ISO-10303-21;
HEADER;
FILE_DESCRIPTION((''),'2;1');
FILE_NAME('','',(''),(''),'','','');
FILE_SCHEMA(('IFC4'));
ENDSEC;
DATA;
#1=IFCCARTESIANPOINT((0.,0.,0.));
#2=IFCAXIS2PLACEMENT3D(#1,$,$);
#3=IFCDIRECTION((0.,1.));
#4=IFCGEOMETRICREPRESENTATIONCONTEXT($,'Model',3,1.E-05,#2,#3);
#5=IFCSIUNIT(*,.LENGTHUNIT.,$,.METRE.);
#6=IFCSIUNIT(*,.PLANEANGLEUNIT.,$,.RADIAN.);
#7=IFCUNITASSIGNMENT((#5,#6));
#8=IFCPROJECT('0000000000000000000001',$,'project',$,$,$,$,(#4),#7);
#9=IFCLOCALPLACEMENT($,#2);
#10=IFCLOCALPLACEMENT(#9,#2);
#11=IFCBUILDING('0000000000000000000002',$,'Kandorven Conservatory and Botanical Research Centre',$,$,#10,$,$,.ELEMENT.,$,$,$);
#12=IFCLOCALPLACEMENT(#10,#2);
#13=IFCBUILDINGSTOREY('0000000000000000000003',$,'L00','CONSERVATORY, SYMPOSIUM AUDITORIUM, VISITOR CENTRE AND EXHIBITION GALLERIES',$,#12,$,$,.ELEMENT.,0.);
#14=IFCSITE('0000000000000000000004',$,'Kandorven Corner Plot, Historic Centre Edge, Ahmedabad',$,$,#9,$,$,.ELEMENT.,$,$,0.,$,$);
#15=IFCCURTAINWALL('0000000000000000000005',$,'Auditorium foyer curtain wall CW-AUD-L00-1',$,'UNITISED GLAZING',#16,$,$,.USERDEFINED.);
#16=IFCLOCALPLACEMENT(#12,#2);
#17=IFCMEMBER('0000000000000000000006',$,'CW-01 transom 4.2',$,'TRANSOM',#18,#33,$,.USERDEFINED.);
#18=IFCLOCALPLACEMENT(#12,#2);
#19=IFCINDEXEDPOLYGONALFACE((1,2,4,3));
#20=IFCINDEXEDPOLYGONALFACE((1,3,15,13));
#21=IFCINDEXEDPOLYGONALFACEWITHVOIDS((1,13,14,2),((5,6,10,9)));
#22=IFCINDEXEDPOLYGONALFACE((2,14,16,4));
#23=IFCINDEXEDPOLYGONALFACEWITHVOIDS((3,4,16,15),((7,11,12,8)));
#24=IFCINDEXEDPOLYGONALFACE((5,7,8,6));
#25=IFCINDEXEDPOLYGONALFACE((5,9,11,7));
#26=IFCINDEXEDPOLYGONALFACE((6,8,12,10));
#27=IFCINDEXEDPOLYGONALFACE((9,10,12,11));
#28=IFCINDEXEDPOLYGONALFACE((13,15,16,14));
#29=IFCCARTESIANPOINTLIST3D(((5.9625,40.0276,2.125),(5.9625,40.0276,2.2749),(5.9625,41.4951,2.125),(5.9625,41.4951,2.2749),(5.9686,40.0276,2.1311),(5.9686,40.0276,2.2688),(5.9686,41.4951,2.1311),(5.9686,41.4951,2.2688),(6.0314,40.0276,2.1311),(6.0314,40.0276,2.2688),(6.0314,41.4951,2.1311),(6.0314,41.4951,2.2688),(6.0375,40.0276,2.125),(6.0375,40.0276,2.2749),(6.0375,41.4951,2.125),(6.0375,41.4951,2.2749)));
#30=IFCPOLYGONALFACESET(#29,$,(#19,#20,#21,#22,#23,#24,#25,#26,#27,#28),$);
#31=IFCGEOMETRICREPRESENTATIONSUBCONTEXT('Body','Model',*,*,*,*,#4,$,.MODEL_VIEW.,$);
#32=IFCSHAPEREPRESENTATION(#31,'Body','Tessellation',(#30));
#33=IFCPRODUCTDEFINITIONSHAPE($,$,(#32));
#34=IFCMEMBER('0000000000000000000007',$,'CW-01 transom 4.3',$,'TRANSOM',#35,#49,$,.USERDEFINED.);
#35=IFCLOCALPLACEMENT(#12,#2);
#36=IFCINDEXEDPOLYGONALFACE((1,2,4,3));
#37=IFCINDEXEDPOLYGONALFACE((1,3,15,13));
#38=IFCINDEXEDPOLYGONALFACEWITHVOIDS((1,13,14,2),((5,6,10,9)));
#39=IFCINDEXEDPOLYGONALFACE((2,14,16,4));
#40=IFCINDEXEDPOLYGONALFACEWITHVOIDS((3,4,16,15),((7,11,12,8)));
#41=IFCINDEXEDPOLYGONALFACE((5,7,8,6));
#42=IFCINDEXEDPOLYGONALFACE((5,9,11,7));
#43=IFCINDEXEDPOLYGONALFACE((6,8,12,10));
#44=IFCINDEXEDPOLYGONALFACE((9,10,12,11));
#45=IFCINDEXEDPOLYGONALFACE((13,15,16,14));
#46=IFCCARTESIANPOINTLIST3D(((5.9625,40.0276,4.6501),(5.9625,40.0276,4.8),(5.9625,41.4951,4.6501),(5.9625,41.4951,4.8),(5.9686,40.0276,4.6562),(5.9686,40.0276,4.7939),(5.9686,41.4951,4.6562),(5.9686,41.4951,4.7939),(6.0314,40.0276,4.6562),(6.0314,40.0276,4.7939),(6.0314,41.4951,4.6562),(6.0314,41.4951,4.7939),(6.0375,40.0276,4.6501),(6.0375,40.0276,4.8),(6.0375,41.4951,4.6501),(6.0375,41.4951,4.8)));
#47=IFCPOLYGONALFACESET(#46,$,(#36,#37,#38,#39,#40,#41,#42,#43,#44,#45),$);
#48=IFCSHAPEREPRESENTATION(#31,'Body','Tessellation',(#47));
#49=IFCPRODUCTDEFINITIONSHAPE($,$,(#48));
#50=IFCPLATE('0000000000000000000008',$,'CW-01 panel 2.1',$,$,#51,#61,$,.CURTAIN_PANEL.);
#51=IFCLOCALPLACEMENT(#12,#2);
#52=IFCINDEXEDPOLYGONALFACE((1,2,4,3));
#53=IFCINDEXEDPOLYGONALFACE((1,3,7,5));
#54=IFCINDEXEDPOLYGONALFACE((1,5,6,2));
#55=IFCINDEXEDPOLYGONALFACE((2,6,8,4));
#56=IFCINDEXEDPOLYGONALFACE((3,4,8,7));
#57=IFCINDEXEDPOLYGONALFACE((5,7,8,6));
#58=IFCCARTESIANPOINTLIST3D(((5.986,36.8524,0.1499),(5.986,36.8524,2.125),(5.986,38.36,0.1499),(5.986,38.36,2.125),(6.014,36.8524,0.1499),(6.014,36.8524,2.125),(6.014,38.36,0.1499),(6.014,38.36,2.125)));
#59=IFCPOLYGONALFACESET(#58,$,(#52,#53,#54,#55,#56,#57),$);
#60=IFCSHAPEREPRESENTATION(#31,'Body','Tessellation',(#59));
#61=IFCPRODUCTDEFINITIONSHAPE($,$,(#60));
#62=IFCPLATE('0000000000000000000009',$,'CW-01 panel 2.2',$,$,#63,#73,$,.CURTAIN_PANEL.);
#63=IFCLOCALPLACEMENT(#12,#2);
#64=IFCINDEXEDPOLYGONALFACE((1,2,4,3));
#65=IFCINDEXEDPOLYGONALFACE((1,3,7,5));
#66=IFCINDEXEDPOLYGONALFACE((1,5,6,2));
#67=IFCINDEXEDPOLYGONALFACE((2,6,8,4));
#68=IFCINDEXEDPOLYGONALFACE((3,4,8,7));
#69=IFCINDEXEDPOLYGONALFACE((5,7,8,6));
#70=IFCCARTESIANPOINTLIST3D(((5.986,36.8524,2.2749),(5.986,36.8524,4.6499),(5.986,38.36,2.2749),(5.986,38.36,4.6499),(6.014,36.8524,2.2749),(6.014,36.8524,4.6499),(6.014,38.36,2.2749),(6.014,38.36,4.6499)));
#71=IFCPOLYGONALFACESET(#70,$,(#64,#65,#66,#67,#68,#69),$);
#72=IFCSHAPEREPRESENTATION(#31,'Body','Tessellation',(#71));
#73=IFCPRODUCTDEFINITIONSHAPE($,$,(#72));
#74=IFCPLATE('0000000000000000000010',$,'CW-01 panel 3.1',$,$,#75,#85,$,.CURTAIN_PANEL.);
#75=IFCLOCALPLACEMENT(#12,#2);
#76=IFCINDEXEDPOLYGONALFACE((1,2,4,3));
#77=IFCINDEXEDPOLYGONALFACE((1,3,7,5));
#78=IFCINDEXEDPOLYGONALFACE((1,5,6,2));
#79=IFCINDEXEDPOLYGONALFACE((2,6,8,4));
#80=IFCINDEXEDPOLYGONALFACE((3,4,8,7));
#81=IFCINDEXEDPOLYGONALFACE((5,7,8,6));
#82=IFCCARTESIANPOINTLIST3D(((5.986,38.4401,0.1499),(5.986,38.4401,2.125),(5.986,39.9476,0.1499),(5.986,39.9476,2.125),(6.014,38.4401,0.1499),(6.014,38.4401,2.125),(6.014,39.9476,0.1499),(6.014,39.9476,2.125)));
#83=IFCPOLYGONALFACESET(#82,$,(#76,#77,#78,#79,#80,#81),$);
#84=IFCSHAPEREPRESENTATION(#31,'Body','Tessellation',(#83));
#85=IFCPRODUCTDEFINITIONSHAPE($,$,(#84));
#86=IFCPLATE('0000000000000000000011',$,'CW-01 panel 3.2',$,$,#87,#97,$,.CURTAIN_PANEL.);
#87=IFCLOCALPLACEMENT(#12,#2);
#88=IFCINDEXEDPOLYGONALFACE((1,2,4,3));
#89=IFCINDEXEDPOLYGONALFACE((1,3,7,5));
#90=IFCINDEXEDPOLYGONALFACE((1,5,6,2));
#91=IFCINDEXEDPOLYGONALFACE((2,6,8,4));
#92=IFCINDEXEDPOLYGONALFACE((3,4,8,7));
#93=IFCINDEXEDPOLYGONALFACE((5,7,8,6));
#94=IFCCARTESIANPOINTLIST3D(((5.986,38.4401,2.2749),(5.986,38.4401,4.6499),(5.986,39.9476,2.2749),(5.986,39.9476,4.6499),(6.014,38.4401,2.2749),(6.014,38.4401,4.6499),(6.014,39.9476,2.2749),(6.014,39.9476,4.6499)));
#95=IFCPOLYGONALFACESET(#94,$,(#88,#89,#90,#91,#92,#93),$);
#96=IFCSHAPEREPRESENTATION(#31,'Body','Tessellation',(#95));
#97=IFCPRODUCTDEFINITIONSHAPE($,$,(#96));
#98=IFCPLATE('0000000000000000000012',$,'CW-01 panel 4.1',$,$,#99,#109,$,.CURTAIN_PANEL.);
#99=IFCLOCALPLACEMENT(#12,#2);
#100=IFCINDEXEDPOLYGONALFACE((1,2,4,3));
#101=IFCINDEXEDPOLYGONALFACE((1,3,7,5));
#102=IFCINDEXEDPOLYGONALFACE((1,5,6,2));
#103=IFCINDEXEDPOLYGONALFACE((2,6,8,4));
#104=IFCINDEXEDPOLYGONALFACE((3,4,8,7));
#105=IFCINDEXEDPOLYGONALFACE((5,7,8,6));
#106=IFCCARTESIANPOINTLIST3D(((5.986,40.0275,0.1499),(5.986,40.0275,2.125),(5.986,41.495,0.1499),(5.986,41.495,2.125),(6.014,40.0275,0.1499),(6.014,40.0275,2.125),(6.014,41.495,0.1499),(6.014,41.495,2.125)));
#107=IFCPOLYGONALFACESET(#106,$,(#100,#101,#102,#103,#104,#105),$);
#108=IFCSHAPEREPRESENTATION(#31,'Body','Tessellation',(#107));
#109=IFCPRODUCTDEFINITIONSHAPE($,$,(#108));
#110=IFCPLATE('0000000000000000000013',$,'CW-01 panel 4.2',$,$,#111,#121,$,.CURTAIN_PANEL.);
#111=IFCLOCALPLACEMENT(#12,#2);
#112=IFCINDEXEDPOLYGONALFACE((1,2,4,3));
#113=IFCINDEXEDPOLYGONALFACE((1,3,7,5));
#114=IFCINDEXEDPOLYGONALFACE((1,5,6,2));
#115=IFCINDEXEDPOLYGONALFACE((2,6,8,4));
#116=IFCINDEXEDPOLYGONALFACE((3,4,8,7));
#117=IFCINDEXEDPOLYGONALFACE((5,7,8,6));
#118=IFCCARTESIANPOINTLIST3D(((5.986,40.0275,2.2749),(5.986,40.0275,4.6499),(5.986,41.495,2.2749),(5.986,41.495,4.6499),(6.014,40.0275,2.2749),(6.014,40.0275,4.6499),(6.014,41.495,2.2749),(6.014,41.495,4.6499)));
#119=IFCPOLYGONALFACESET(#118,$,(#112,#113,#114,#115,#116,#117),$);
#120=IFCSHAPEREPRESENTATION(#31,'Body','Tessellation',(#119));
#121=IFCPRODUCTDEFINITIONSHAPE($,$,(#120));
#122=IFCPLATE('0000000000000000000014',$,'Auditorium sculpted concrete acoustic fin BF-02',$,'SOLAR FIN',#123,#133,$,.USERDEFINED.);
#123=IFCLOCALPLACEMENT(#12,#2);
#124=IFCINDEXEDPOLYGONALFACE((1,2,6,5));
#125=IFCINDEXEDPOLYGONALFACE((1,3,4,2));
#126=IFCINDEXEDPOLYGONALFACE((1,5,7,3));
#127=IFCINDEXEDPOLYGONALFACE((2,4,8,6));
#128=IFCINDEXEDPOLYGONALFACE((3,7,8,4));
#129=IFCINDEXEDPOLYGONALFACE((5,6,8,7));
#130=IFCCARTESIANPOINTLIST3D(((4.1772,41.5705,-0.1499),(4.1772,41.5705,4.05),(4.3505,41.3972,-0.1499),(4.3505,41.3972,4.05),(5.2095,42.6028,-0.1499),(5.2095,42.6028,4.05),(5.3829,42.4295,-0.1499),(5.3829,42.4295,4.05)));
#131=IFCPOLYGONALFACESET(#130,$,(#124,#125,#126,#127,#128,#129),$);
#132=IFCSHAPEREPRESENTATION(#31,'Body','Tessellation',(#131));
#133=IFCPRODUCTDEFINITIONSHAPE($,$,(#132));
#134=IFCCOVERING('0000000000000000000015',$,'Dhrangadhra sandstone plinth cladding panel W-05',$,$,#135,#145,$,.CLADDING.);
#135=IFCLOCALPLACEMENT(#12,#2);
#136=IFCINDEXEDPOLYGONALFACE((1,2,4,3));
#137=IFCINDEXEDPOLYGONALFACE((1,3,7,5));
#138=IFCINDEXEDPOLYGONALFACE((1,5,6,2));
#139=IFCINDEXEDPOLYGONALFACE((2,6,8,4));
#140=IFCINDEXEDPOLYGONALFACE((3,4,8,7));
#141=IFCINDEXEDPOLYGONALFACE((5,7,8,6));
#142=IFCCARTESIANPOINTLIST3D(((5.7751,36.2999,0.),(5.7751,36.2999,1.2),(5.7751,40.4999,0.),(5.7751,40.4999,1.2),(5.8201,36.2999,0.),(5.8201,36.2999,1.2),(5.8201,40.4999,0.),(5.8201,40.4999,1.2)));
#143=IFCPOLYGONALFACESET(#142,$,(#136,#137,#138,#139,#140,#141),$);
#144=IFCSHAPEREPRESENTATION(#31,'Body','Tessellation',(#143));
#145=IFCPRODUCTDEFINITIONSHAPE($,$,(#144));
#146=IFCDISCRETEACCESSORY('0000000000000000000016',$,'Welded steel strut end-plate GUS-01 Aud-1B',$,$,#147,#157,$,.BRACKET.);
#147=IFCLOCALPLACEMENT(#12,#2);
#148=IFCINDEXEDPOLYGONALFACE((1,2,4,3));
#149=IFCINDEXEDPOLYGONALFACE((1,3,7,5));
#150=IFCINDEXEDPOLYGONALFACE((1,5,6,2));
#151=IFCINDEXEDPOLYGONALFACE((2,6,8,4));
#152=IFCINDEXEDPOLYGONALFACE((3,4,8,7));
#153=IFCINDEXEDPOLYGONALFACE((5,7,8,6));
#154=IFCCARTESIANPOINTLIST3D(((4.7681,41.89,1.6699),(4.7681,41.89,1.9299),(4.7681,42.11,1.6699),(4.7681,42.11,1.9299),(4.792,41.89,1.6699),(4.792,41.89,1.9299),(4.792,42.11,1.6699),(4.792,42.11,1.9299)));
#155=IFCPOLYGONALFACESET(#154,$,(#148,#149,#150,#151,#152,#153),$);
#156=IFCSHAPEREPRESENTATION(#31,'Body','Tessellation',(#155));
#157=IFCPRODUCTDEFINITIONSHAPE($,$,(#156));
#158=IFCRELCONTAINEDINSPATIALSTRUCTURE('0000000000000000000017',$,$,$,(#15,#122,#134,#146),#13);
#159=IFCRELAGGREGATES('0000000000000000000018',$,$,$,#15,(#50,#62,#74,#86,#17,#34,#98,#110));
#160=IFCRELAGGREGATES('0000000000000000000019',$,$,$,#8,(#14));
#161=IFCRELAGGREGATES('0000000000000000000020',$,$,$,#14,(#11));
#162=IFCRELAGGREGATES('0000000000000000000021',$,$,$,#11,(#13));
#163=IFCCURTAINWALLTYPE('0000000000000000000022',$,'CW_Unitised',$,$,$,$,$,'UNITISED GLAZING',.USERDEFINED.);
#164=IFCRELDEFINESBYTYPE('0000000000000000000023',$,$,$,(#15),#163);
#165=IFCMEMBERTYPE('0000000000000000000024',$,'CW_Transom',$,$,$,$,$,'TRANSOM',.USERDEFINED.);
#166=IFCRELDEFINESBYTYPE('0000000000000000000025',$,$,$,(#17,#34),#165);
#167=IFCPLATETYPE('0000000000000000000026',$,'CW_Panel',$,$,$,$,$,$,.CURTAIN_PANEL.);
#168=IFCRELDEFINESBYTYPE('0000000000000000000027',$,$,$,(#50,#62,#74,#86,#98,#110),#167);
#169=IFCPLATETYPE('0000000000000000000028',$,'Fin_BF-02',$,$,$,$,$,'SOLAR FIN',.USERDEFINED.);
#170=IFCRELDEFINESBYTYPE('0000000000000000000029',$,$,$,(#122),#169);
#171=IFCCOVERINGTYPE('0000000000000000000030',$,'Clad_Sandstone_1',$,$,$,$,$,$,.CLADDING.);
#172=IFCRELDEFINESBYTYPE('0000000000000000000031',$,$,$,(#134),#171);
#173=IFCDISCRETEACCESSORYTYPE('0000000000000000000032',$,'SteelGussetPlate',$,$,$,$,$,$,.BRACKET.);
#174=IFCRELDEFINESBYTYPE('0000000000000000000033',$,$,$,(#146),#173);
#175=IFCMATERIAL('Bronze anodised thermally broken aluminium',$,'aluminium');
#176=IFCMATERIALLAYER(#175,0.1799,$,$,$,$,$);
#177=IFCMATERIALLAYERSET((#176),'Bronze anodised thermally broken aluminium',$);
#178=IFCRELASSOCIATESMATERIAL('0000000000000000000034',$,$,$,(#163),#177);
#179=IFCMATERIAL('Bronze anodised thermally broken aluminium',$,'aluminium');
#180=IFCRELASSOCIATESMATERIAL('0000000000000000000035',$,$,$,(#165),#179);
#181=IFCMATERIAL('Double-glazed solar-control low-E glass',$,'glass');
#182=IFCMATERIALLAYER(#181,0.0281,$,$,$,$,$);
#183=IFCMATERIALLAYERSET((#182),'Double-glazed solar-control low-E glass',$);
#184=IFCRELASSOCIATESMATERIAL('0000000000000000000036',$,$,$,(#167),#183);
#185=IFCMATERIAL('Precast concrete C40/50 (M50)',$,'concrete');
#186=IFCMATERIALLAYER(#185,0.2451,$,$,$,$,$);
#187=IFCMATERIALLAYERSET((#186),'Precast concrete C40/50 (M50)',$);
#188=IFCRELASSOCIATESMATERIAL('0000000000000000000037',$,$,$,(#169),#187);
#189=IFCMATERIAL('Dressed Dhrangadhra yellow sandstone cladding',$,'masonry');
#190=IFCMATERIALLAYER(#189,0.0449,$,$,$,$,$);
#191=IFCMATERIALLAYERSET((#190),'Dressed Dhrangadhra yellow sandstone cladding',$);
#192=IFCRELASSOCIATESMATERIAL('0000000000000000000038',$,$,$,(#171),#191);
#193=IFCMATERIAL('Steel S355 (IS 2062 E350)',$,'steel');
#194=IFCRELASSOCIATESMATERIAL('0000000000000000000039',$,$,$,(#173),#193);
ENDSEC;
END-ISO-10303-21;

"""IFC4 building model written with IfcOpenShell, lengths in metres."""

from ifc_helpers import new_model, si_unit, direction, frame, origin, origin_2d, place, context, subcontext, project, spatial, rectangle, hollow_rectangle, extrude, material, layer, layer_set, material_profile, profile_set, type_object, element, aggregate, save


model = new_model("IFC4")

# Units and contexts
model_context = context("Model", 3, precision=1e-05, world=origin(), true_north=direction((0.0, 1.0)))
body_context = subcontext(model_context, "Body", "Model", "MODEL_VIEW")
ifc_project = project(units=[si_unit("LENGTHUNIT", "METRE"), si_unit("PLANEANGLEUNIT", "RADIAN")], contexts=[model_context])

# Site, building, storey
site_placement = place(None, origin())
site = spatial("IfcSite", under=ifc_project, at=site_placement, Name="Kandorven Corner Plot, Historic Centre Edge, Ahmedabad", CompositionType="ELEMENT", RefElevation=0.0)
building_placement = place(site_placement, origin())
building = spatial("IfcBuilding", under=site, at=building_placement, Name="Kandorven Conservatory and Botanical Research Centre", CompositionType="ELEMENT")
storey_placement = place(building_placement, origin())
storey = spatial("IfcBuildingStorey", under=building, at=storey_placement, Name="L00", Description="CONSERVATORY, SYMPOSIUM AUDITORIUM, VISITOR CENTRE AND EXHIBITION GALLERIES", CompositionType="ELEMENT", Elevation=0.0)

# Curtain wall, members, plates
ifc_material_1 = material(Name="Bronze anodised thermally broken aluminium", Category="aluminium")
ifc_layer_1 = layer(ifc_material_1, 0.1799)
ifc_layer_set_1 = layer_set([ifc_layer_1], Name="Bronze anodised thermally broken aluminium")
curtain_wall_type = type_object("IfcCurtainWallType", Name="CW_Unitised", ElementType="UNITISED GLAZING", PredefinedType="USERDEFINED", material=ifc_layer_set_1)
curtain_wall_placement = place(storey_placement, origin())
curtain_wall = element("IfcCurtainWall", 1, at=curtain_wall_placement, inside=storey, type_object=curtain_wall_type, Name="Auditorium foyer curtain wall CW-AUD-L00-1", ObjectType="UNITISED GLAZING", PredefinedType="USERDEFINED")
ifc_material_2 = material(Name="Bronze anodised thermally broken aluminium", Category="aluminium")
ifc_material_profile_1 = material_profile(ifc_material_2, hollow_rectangle(XDim=0.075, YDim=0.1499, WallThickness=0.0061, at=origin_2d()))
ifc_profile_set_1 = profile_set([ifc_material_profile_1], Name="Bronze anodised thermally broken aluminium")
member_type_1 = type_object("IfcMemberType", Name="CW_Transom", ElementType="TRANSOM", PredefinedType="USERDEFINED", material=ifc_profile_set_1)
member_1_placement = place(storey_placement, frame((6.0, 40.0276, 2.2), z_axis=(0.0, 1.0, 0.0), x_axis=(-1.0, 0.0, 0.0)))
member_1 = element("IfcMember", 2, at=member_1_placement, type_object=member_type_1, Name="CW-01 transom 4.2", ObjectType="TRANSOM", PredefinedType="USERDEFINED", context=body_context, shape_type="SweptSolid", body=[
    extrude(hollow_rectangle(XDim=0.075, YDim=0.1499, WallThickness=0.0061, at=origin_2d()), origin(), (0.0, 0.0, 1.0), 1.4675),
])
member_2_placement = place(storey_placement, frame((6.0, 40.0276, 4.7251), z_axis=(0.0, 1.0, 0.0), x_axis=(-1.0, 0.0, 0.0)))
member_2 = element("IfcMember", 3, at=member_2_placement, type_object=member_type_1, Name="CW-01 transom 4.3", ObjectType="TRANSOM", PredefinedType="USERDEFINED", context=body_context, shape_type="SweptSolid", body=[
    extrude(hollow_rectangle(XDim=0.075, YDim=0.1499, WallThickness=0.0061, at=origin_2d()), origin(), (0.0, 0.0, 1.0), 1.4675),
])
ifc_material_3 = material(Name="Double-glazed solar-control low-E glass", Category="glass")
ifc_layer_2 = layer(ifc_material_3, 0.0281)
ifc_layer_set_2 = layer_set([ifc_layer_2], Name="Double-glazed solar-control low-E glass")
plate_type_1 = type_object("IfcPlateType", Name="CW_Panel", PredefinedType="CURTAIN_PANEL", material=ifc_layer_set_2)
plate_1_placement = place(storey_placement, frame((6.0, 37.6062, 0.1499), z_axis=(0.0, 0.0, 1.0), x_axis=(0.0, 1.0, 0.0)))
plate_1 = element("IfcPlate", 4, at=plate_1_placement, type_object=plate_type_1, Name="CW-01 panel 2.1", PredefinedType="CURTAIN_PANEL", context=body_context, shape_type="SweptSolid", body=[
    extrude(rectangle(XDim=1.5076, YDim=0.0281, at=origin_2d()), origin(), (0.0, 0.0, 1.0), 1.9751),
])
plate_2_placement = place(storey_placement, frame((6.0, 37.6062, 2.2749), z_axis=(0.0, 0.0, 1.0), x_axis=(0.0, 1.0, 0.0)))
plate_2 = element("IfcPlate", 5, at=plate_2_placement, type_object=plate_type_1, Name="CW-01 panel 2.2", PredefinedType="CURTAIN_PANEL", context=body_context, shape_type="SweptSolid", body=[
    extrude(rectangle(XDim=1.5076, YDim=0.0281, at=origin_2d()), origin(), (0.0, 0.0, 1.0), 2.375),
])
plate_3_placement = place(storey_placement, frame((6.0, 39.1938, 0.1499), z_axis=(0.0, 0.0, 1.0), x_axis=(0.0, 1.0, 0.0)))
plate_3 = element("IfcPlate", 6, at=plate_3_placement, type_object=plate_type_1, Name="CW-01 panel 3.1", PredefinedType="CURTAIN_PANEL", context=body_context, shape_type="SweptSolid", body=[
    extrude(rectangle(XDim=1.5076, YDim=0.0281, at=origin_2d()), origin(), (0.0, 0.0, 1.0), 1.9751),
])
plate_4_placement = place(storey_placement, frame((6.0, 39.1938, 2.2749), z_axis=(0.0, 0.0, 1.0), x_axis=(0.0, 1.0, 0.0)))
plate_4 = element("IfcPlate", 7, at=plate_4_placement, type_object=plate_type_1, Name="CW-01 panel 3.2", PredefinedType="CURTAIN_PANEL", context=body_context, shape_type="SweptSolid", body=[
    extrude(rectangle(XDim=1.5076, YDim=0.0281, at=origin_2d()), origin(), (0.0, 0.0, 1.0), 2.375),
])
plate_5_placement = place(storey_placement, frame((6.0, 40.7612, 0.1499), z_axis=(0.0, 0.0, 1.0), x_axis=(0.0, 1.0, 0.0)))
plate_5 = element("IfcPlate", 8, at=plate_5_placement, type_object=plate_type_1, Name="CW-01 panel 4.1", PredefinedType="CURTAIN_PANEL", context=body_context, shape_type="SweptSolid", body=[
    extrude(rectangle(XDim=1.4675, YDim=0.0281, at=origin_2d()), origin(), (0.0, 0.0, 1.0), 1.9751),
])
plate_6_placement = place(storey_placement, frame((6.0, 40.7612, 2.2749), z_axis=(0.0, 0.0, 1.0), x_axis=(0.0, 1.0, 0.0)))
plate_6 = element("IfcPlate", 9, at=plate_6_placement, type_object=plate_type_1, Name="CW-01 panel 4.2", PredefinedType="CURTAIN_PANEL", context=body_context, shape_type="SweptSolid", body=[
    extrude(rectangle(XDim=1.4675, YDim=0.0281, at=origin_2d()), origin(), (0.0, 0.0, 1.0), 2.375),
])
aggregate(curtain_wall, [plate_1, plate_2, plate_3, plate_4, member_1, member_2, plate_5, plate_6])

# Plate
ifc_material_4 = material(Name="Precast concrete C40/50 (M50)", Category="concrete")
ifc_layer_3 = layer(ifc_material_4, 0.2451)
ifc_layer_set_3 = layer_set([ifc_layer_3], Name="Precast concrete C40/50 (M50)")
plate_type_2 = type_object("IfcPlateType", Name="Fin_BF-02", ElementType="SOLAR FIN", PredefinedType="USERDEFINED", material=ifc_layer_set_3)
plate_7_placement = place(storey_placement, frame((4.78, 42.0, -0.1499), z_axis=(0.0, 0.0, 1.0), x_axis=(0.707107, 0.707107, 0.0)))
element("IfcPlate", 10, at=plate_7_placement, inside=storey, type_object=plate_type_2, Name="Auditorium sculpted concrete acoustic fin BF-02", ObjectType="SOLAR FIN", PredefinedType="USERDEFINED", context=body_context, shape_type="SweptSolid", body=[
    extrude(rectangle(XDim=1.46, YDim=0.2451, at=origin_2d()), origin(), (0.0, 0.0, 1.0), 4.2),
])

# Covering
ifc_material_5 = material(Name="Dressed Dhrangadhra yellow sandstone cladding", Category="masonry")
ifc_layer_4 = layer(ifc_material_5, 0.0449)
ifc_layer_set_4 = layer_set([ifc_layer_4], Name="Dressed Dhrangadhra yellow sandstone cladding")
covering_type = type_object("IfcCoveringType", Name="Clad_Sandstone_1", PredefinedType="CLADDING", material=ifc_layer_set_4)
covering_placement = place(storey_placement, frame((5.7976, 38.3999, 0.0), z_axis=(0.0, 0.0, 1.0), x_axis=(1.0, 0.0, 0.0)))
element("IfcCovering", 11, at=covering_placement, inside=storey, type_object=covering_type, Name="Dhrangadhra sandstone plinth cladding panel W-05", PredefinedType="CLADDING", context=body_context, shape_type="SweptSolid", body=[
    extrude(rectangle(XDim=0.0449, YDim=4.2, at=origin_2d()), origin(), (0.0, 0.0, 1.0), 1.2),
])

# Discrete accessory
ifc_material_6 = material(Name="Steel S355 (IS 2062 E350)", Category="steel")
discrete_accessory_type = type_object("IfcDiscreteAccessoryType", Name="SteelGussetPlate", PredefinedType="BRACKET", material=ifc_material_6)
discrete_accessory_placement = place(storey_placement, frame((4.78, 42.0, 1.6699), z_axis=(0.0, 0.0, 1.0), x_axis=(1.0, 0.0, 0.0)))
element("IfcDiscreteAccessory", 12, at=discrete_accessory_placement, inside=storey, type_object=discrete_accessory_type, Name="Welded steel strut end-plate GUS-01 Aud-1B", PredefinedType="BRACKET", context=body_context, shape_type="SweptSolid", body=[
    extrude(rectangle(XDim=0.0239, YDim=0.22, at=origin_2d()), origin(), (0.0, 0.0, 1.0), 0.26),
])

save(model, "model.ifc")
